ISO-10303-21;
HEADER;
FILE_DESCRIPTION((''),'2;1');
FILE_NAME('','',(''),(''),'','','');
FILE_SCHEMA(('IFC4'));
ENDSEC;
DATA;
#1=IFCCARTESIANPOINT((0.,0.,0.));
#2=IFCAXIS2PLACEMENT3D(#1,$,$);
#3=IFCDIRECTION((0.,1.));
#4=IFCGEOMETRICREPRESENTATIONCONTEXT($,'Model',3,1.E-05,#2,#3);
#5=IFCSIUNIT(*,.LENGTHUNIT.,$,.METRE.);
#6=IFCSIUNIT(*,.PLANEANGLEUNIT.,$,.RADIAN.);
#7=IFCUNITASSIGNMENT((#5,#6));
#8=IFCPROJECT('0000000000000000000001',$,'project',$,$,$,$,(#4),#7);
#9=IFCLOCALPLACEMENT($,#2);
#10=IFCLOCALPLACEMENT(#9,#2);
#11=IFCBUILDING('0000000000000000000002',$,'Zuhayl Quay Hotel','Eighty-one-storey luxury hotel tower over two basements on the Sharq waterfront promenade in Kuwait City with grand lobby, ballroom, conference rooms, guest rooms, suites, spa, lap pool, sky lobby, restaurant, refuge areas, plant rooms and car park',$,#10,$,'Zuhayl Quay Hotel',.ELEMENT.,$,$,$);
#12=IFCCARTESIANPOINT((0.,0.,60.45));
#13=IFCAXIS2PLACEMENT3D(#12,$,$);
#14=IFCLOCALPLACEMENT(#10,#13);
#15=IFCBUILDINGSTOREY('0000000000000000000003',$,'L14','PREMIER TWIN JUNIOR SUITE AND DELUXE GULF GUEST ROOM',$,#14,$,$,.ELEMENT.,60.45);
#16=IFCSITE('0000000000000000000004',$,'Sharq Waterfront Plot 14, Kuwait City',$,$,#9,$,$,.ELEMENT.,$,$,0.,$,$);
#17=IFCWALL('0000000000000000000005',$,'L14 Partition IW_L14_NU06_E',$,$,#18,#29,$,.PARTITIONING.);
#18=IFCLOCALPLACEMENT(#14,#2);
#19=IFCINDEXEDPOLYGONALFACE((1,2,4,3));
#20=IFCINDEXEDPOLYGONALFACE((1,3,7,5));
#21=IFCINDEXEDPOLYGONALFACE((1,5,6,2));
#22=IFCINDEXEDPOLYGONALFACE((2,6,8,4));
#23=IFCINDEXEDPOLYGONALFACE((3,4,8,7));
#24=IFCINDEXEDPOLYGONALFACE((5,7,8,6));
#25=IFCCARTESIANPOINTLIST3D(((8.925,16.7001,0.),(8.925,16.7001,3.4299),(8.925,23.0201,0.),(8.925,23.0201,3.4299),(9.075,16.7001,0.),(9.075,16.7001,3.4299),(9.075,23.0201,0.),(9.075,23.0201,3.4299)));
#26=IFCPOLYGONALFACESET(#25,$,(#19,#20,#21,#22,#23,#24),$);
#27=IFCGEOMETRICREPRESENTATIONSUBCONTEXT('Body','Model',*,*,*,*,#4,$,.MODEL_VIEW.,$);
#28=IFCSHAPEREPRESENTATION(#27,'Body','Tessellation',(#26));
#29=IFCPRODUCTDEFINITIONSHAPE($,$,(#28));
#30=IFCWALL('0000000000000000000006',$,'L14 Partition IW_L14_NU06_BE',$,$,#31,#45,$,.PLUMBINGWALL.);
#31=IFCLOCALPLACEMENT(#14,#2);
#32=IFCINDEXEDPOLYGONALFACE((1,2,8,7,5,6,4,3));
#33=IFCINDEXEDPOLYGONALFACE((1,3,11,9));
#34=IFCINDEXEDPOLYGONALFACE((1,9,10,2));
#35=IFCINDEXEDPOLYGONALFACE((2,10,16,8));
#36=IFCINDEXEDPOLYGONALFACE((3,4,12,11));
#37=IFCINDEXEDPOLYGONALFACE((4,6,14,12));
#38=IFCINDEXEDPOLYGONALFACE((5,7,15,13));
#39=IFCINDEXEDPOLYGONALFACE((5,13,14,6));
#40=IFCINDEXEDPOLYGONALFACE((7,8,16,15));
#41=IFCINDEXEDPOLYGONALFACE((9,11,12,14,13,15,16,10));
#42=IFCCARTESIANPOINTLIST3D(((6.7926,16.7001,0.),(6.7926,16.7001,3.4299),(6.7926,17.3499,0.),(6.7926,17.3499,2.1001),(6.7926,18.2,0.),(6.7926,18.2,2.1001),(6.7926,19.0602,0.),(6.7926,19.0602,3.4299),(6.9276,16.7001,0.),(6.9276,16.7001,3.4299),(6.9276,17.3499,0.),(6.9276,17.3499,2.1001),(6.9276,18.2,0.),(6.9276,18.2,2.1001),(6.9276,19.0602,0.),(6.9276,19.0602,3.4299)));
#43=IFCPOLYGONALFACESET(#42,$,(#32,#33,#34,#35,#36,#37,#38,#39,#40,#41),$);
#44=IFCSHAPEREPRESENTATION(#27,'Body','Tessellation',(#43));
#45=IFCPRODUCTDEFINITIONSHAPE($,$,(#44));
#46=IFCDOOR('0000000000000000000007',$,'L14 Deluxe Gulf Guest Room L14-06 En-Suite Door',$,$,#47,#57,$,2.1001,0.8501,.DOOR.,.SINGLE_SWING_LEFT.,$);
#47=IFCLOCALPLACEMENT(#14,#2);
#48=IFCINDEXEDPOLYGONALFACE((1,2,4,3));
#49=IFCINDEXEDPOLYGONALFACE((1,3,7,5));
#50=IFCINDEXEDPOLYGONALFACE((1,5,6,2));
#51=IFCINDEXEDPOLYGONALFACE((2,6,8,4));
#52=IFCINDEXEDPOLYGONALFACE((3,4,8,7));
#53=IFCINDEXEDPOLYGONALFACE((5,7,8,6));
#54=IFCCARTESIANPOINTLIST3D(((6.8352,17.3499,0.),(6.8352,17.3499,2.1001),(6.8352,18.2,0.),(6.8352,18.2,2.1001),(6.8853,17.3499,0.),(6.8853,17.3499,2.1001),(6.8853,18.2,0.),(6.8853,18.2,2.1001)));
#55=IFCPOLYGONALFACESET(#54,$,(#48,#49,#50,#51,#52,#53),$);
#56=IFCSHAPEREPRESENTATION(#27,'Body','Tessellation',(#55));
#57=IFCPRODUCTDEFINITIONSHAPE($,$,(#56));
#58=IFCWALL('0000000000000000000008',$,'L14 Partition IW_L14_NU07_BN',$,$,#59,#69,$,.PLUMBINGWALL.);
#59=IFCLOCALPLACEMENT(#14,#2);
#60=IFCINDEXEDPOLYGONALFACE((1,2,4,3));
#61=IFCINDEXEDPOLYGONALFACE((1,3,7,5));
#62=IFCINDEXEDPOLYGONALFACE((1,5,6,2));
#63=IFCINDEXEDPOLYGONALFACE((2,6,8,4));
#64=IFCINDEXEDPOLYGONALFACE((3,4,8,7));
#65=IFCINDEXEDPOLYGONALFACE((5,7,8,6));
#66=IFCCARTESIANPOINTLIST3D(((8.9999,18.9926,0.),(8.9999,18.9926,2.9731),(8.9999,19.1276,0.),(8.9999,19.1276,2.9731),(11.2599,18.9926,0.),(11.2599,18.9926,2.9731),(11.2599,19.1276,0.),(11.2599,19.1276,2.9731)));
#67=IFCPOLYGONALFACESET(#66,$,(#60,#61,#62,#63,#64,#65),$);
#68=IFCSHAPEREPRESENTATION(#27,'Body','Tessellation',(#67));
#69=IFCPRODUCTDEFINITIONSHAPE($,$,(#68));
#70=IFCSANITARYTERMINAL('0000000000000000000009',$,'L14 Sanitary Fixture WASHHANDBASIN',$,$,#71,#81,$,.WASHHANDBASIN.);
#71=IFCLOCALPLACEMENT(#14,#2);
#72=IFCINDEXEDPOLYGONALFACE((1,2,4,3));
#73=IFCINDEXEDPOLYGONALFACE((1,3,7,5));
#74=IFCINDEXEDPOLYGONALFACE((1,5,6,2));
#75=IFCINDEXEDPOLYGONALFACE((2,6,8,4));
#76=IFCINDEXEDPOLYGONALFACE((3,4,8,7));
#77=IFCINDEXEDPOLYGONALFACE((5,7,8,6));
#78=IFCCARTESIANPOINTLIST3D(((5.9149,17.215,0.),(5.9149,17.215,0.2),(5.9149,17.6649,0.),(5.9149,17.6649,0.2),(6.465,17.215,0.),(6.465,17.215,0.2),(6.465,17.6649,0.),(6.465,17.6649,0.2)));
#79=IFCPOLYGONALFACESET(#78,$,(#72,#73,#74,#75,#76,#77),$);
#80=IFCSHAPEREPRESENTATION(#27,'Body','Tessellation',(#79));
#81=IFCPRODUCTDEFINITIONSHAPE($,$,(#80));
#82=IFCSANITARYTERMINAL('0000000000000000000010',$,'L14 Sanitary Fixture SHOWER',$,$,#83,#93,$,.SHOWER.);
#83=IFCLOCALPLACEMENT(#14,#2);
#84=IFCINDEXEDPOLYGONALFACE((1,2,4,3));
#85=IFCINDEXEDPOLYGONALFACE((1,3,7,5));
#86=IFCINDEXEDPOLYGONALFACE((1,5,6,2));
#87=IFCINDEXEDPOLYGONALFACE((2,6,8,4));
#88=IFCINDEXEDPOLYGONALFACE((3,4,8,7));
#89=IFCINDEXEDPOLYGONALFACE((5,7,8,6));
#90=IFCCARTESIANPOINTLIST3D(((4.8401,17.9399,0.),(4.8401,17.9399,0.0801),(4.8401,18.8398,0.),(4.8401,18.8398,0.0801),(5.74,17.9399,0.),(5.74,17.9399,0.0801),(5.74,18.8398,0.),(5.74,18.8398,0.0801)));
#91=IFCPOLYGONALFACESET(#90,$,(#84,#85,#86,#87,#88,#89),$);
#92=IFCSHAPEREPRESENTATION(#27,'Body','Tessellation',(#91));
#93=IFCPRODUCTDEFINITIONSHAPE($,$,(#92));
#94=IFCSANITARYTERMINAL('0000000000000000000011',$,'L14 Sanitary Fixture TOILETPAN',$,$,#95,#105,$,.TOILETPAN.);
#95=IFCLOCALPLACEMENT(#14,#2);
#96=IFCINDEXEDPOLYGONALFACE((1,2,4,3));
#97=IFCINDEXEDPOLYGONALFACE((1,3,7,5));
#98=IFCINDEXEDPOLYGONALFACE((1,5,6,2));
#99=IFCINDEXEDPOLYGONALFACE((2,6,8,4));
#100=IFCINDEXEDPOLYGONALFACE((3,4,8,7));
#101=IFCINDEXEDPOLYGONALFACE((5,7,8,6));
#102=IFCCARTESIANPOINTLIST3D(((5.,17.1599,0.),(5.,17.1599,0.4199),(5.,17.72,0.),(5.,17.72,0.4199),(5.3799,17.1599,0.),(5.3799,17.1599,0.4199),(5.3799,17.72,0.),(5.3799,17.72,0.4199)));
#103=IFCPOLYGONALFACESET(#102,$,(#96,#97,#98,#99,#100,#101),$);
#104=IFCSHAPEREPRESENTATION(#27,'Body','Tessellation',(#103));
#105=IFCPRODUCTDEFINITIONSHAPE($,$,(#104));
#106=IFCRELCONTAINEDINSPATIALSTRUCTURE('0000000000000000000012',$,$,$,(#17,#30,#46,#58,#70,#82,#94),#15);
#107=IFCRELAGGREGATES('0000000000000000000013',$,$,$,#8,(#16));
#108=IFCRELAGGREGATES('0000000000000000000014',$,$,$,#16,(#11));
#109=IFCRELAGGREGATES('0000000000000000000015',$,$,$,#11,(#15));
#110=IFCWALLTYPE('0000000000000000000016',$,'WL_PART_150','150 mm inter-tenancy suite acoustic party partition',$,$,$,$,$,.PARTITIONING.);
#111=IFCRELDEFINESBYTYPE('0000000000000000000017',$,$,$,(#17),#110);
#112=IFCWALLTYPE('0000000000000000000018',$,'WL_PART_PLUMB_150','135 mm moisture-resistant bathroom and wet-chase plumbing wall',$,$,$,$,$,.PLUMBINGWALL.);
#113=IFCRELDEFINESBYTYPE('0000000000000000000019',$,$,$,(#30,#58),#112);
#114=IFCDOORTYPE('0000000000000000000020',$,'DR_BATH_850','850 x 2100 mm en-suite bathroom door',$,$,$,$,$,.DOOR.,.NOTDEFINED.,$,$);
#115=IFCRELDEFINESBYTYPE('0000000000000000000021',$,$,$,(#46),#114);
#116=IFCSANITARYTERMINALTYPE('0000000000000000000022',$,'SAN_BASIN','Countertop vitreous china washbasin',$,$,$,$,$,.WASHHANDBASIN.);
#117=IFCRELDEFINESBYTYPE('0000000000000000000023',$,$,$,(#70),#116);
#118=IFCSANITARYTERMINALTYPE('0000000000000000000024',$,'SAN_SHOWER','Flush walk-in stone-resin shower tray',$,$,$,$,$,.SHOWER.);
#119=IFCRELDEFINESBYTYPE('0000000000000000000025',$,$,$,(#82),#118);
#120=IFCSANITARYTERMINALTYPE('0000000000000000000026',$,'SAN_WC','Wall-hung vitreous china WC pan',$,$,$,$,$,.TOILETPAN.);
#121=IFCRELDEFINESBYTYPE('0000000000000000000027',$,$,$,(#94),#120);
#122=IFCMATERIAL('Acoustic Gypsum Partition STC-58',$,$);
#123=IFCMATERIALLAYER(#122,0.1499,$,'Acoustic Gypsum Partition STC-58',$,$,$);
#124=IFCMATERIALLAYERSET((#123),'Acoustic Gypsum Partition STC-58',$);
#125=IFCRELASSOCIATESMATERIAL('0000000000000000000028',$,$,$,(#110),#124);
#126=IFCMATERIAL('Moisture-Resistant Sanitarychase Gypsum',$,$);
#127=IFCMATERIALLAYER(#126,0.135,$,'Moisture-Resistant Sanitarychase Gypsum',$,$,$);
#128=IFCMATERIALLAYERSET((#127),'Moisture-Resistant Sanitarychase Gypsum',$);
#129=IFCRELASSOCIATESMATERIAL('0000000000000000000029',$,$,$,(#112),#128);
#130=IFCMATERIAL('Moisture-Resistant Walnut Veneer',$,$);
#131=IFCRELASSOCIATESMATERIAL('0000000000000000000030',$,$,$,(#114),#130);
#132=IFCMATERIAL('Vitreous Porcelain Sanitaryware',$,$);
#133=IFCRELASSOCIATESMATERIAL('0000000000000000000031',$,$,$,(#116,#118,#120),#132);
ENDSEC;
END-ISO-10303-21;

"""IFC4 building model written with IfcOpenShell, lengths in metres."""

from ifc_helpers import new_model, si_unit, direction, frame, frame_2d, origin, origin_2d, place, context, subcontext, project, spatial, rectangle, extrude, material, layer, layer_set, type_object, element, fill, save


model = new_model("IFC4")

# Units and contexts
model_context = context("Model", 3, precision=1e-05, world=origin(), true_north=direction((0.0, 1.0)))
body_context = subcontext(model_context, "Body", "Model", "MODEL_VIEW")
ifc_project = project(units=[si_unit("LENGTHUNIT", "METRE"), si_unit("PLANEANGLEUNIT", "RADIAN")], contexts=[model_context])

# Site, building, storey
site_placement = place(None, origin())
site = spatial("IfcSite", under=ifc_project, at=site_placement, Name="Sharq Waterfront Plot 14, Kuwait City", CompositionType="ELEMENT", RefElevation=0.0)
building_placement = place(site_placement, origin())
building = spatial("IfcBuilding", under=site, at=building_placement, Name="Zuhayl Quay Hotel", Description="Eighty-one-storey luxury hotel tower over two basements on the Sharq waterfront promenade in Kuwait City with grand lobby, ballroom, conference rooms, guest rooms, suites, spa, lap pool, sky lobby, restaurant, refuge areas, plant rooms and car park", LongName="Zuhayl Quay Hotel", CompositionType="ELEMENT")
storey_placement = place(building_placement, frame((0.0, 0.0, 60.45)))
storey = spatial("IfcBuildingStorey", under=building, at=storey_placement, Name="L14", Description="PREMIER TWIN JUNIOR SUITE AND DELUXE GULF GUEST ROOM", CompositionType="ELEMENT", Elevation=60.45)

# Wall
ifc_material_1 = material(Name="Acoustic Gypsum Partition STC-58")
ifc_layer_1 = layer(ifc_material_1, 0.1499, Name="Acoustic Gypsum Partition STC-58")
ifc_layer_set_1 = layer_set([ifc_layer_1], Name="Acoustic Gypsum Partition STC-58")
wall_type_1 = type_object("IfcWallType", Name="WL_PART_150", Description="150 mm inter-tenancy suite acoustic party partition", PredefinedType="PARTITIONING", material=ifc_layer_set_1)
wall_1_placement = place(storey_placement, frame((9.0, 16.7, 0.0), z_axis=(0.0, 0.0, 1.0), x_axis=(0.0, 1.0, 0.0)))
element("IfcWall", 1, at=wall_1_placement, inside=storey, type_object=wall_type_1, Name="L14 Partition IW_L14_NU06_E", PredefinedType="PARTITIONING", context=body_context, shape_type="SweptSolid", body=[
    extrude(rectangle(XDim=6.3201, YDim=0.1499, at=frame_2d((3.1602, 0.0))), origin(), (0.0, 0.0, 1.0), 3.4299),
])

# Wall, opening, door
ifc_material_2 = material(Name="Moisture-Resistant Sanitarychase Gypsum")
ifc_layer_2 = layer(ifc_material_2, 0.135, Name="Moisture-Resistant Sanitarychase Gypsum")
ifc_layer_set_2 = layer_set([ifc_layer_2], Name="Moisture-Resistant Sanitarychase Gypsum")
wall_type_2 = type_object("IfcWallType", Name="WL_PART_PLUMB_150", Description="135 mm moisture-resistant bathroom and wet-chase plumbing wall", PredefinedType="PLUMBINGWALL", material=ifc_layer_set_2)
wall_2_placement = place(storey_placement, frame((6.8601, 16.7, 0.0), z_axis=(0.0, 0.0, 1.0), x_axis=(0.0, 1.0, 0.0)))
wall_2 = element("IfcWall", 2, at=wall_2_placement, inside=storey, type_object=wall_type_2, Name="L14 Partition IW_L14_NU06_BE", PredefinedType="PLUMBINGWALL", context=body_context, shape_type="SweptSolid", body=[
    extrude(rectangle(XDim=2.3601, YDim=0.135, at=frame_2d((1.1802, 0.0))), origin(), (0.0, 0.0, 1.0), 3.4299),
])
opening_1_placement = place(wall_2_placement, frame((0.6499, 0.0, 0.0)))
opening_1 = element("IfcOpeningElement", 3, at=opening_1_placement, cuts=wall_2, PredefinedType="OPENING", context=body_context, shape_type="SweptSolid", body=[
    extrude(rectangle(XDim=0.8501, YDim=2.1001, at=frame_2d((0.425, 1.05))), frame((0.0, 0.0774, 0.0), z_axis=(0.0, -1.0, 0.0), x_axis=(1.0, 0.0, 0.0)), (0.0, 0.0, 1.0), 0.155),
])
ifc_material_3 = material(Name="Moisture-Resistant Walnut Veneer")
door_type_1 = type_object("IfcDoorType", Name="DR_BATH_850", Description="850 x 2100 mm en-suite bathroom door", OperationType="NOTDEFINED", PredefinedType="DOOR", material=ifc_material_3)
door_1_placement = place(opening_1_placement, origin())
door_1 = element("IfcDoor", 4, at=door_1_placement, inside=storey, type_object=door_type_1, Name="L14 Deluxe Gulf Guest Room L14-06 En-Suite Door", OperationType="SINGLE_SWING_LEFT", OverallHeight=2.1001, OverallWidth=0.8501, PredefinedType="DOOR", context=body_context, shape_type="SweptSolid", body=[
    extrude(rectangle(XDim=0.8501, YDim=2.1001, at=frame_2d((0.425, 1.05))), frame((0.0, 0.0249, 0.0), z_axis=(0.0, -1.0, 0.0), x_axis=(1.0, 0.0, 0.0)), (0.0, 0.0, 1.0), 0.05),
])
fill(opening_1, door_1)

# Wall
wall_3_placement = place(storey_placement, frame((9.0, 19.0601, 0.0), z_axis=(0.0, 0.0, 1.0), x_axis=(1.0, 0.0, 0.0)))
element("IfcWall", 5, at=wall_3_placement, inside=storey, type_object=wall_type_2, Name="L14 Partition IW_L14_NU07_BN", PredefinedType="PLUMBINGWALL", context=body_context, shape_type="SweptSolid", body=[
    extrude(rectangle(XDim=2.26, YDim=0.135, at=frame_2d((1.1299, 0.0))), origin(), (0.0, 0.0, 1.0), 2.9731),
])

# Sanitary terminals
ifc_material_4 = material(Name="Vitreous Porcelain Sanitaryware")
sanitary_terminal_type_1 = type_object("IfcSanitaryTerminalType", Name="SAN_BASIN", Description="Countertop vitreous china washbasin", PredefinedType="WASHHANDBASIN", material=ifc_material_4)
sanitary_terminal_1_placement = place(storey_placement, frame((6.1899, 17.4399, 0.0), z_axis=(0.0, 0.0, 1.0), x_axis=(1.0, 0.0, 0.0)))
element("IfcSanitaryTerminal", 6, at=sanitary_terminal_1_placement, inside=storey, type_object=sanitary_terminal_type_1, Name="L14 Sanitary Fixture WASHHANDBASIN", PredefinedType="WASHHANDBASIN", context=body_context, shape_type="SweptSolid", body=[
    extrude(rectangle(XDim=0.55, YDim=0.45, at=origin_2d()), origin(), (0.0, 0.0, 1.0), 0.2),
])
sanitary_terminal_type_2 = type_object("IfcSanitaryTerminalType", Name="SAN_SHOWER", Description="Flush walk-in stone-resin shower tray", PredefinedType="SHOWER", material=ifc_material_4)
sanitary_terminal_2_placement = place(storey_placement, frame((5.29, 18.3899, 0.0), z_axis=(0.0, 0.0, 1.0), x_axis=(1.0, 0.0, 0.0)))
element("IfcSanitaryTerminal", 7, at=sanitary_terminal_2_placement, inside=storey, type_object=sanitary_terminal_type_2, Name="L14 Sanitary Fixture SHOWER", PredefinedType="SHOWER", context=body_context, shape_type="SweptSolid", body=[
    extrude(rectangle(XDim=0.8999, YDim=0.8999, at=origin_2d()), origin(), (0.0, 0.0, 1.0), 0.0801),
])
sanitary_terminal_type_3 = type_object("IfcSanitaryTerminalType", Name="SAN_WC", Description="Wall-hung vitreous china WC pan", PredefinedType="TOILETPAN", material=ifc_material_4)
sanitary_terminal_3_placement = place(storey_placement, frame((5.1899, 17.4399, 0.0), z_axis=(0.0, 0.0, 1.0), x_axis=(1.0, 0.0, 0.0)))
element("IfcSanitaryTerminal", 8, at=sanitary_terminal_3_placement, inside=storey, type_object=sanitary_terminal_type_3, Name="L14 Sanitary Fixture TOILETPAN", PredefinedType="TOILETPAN", context=body_context, shape_type="SweptSolid", body=[
    extrude(rectangle(XDim=0.3799, YDim=0.5601, at=origin_2d()), origin(), (0.0, 0.0, 1.0), 0.4199),
])

save(model, "model.ifc")
